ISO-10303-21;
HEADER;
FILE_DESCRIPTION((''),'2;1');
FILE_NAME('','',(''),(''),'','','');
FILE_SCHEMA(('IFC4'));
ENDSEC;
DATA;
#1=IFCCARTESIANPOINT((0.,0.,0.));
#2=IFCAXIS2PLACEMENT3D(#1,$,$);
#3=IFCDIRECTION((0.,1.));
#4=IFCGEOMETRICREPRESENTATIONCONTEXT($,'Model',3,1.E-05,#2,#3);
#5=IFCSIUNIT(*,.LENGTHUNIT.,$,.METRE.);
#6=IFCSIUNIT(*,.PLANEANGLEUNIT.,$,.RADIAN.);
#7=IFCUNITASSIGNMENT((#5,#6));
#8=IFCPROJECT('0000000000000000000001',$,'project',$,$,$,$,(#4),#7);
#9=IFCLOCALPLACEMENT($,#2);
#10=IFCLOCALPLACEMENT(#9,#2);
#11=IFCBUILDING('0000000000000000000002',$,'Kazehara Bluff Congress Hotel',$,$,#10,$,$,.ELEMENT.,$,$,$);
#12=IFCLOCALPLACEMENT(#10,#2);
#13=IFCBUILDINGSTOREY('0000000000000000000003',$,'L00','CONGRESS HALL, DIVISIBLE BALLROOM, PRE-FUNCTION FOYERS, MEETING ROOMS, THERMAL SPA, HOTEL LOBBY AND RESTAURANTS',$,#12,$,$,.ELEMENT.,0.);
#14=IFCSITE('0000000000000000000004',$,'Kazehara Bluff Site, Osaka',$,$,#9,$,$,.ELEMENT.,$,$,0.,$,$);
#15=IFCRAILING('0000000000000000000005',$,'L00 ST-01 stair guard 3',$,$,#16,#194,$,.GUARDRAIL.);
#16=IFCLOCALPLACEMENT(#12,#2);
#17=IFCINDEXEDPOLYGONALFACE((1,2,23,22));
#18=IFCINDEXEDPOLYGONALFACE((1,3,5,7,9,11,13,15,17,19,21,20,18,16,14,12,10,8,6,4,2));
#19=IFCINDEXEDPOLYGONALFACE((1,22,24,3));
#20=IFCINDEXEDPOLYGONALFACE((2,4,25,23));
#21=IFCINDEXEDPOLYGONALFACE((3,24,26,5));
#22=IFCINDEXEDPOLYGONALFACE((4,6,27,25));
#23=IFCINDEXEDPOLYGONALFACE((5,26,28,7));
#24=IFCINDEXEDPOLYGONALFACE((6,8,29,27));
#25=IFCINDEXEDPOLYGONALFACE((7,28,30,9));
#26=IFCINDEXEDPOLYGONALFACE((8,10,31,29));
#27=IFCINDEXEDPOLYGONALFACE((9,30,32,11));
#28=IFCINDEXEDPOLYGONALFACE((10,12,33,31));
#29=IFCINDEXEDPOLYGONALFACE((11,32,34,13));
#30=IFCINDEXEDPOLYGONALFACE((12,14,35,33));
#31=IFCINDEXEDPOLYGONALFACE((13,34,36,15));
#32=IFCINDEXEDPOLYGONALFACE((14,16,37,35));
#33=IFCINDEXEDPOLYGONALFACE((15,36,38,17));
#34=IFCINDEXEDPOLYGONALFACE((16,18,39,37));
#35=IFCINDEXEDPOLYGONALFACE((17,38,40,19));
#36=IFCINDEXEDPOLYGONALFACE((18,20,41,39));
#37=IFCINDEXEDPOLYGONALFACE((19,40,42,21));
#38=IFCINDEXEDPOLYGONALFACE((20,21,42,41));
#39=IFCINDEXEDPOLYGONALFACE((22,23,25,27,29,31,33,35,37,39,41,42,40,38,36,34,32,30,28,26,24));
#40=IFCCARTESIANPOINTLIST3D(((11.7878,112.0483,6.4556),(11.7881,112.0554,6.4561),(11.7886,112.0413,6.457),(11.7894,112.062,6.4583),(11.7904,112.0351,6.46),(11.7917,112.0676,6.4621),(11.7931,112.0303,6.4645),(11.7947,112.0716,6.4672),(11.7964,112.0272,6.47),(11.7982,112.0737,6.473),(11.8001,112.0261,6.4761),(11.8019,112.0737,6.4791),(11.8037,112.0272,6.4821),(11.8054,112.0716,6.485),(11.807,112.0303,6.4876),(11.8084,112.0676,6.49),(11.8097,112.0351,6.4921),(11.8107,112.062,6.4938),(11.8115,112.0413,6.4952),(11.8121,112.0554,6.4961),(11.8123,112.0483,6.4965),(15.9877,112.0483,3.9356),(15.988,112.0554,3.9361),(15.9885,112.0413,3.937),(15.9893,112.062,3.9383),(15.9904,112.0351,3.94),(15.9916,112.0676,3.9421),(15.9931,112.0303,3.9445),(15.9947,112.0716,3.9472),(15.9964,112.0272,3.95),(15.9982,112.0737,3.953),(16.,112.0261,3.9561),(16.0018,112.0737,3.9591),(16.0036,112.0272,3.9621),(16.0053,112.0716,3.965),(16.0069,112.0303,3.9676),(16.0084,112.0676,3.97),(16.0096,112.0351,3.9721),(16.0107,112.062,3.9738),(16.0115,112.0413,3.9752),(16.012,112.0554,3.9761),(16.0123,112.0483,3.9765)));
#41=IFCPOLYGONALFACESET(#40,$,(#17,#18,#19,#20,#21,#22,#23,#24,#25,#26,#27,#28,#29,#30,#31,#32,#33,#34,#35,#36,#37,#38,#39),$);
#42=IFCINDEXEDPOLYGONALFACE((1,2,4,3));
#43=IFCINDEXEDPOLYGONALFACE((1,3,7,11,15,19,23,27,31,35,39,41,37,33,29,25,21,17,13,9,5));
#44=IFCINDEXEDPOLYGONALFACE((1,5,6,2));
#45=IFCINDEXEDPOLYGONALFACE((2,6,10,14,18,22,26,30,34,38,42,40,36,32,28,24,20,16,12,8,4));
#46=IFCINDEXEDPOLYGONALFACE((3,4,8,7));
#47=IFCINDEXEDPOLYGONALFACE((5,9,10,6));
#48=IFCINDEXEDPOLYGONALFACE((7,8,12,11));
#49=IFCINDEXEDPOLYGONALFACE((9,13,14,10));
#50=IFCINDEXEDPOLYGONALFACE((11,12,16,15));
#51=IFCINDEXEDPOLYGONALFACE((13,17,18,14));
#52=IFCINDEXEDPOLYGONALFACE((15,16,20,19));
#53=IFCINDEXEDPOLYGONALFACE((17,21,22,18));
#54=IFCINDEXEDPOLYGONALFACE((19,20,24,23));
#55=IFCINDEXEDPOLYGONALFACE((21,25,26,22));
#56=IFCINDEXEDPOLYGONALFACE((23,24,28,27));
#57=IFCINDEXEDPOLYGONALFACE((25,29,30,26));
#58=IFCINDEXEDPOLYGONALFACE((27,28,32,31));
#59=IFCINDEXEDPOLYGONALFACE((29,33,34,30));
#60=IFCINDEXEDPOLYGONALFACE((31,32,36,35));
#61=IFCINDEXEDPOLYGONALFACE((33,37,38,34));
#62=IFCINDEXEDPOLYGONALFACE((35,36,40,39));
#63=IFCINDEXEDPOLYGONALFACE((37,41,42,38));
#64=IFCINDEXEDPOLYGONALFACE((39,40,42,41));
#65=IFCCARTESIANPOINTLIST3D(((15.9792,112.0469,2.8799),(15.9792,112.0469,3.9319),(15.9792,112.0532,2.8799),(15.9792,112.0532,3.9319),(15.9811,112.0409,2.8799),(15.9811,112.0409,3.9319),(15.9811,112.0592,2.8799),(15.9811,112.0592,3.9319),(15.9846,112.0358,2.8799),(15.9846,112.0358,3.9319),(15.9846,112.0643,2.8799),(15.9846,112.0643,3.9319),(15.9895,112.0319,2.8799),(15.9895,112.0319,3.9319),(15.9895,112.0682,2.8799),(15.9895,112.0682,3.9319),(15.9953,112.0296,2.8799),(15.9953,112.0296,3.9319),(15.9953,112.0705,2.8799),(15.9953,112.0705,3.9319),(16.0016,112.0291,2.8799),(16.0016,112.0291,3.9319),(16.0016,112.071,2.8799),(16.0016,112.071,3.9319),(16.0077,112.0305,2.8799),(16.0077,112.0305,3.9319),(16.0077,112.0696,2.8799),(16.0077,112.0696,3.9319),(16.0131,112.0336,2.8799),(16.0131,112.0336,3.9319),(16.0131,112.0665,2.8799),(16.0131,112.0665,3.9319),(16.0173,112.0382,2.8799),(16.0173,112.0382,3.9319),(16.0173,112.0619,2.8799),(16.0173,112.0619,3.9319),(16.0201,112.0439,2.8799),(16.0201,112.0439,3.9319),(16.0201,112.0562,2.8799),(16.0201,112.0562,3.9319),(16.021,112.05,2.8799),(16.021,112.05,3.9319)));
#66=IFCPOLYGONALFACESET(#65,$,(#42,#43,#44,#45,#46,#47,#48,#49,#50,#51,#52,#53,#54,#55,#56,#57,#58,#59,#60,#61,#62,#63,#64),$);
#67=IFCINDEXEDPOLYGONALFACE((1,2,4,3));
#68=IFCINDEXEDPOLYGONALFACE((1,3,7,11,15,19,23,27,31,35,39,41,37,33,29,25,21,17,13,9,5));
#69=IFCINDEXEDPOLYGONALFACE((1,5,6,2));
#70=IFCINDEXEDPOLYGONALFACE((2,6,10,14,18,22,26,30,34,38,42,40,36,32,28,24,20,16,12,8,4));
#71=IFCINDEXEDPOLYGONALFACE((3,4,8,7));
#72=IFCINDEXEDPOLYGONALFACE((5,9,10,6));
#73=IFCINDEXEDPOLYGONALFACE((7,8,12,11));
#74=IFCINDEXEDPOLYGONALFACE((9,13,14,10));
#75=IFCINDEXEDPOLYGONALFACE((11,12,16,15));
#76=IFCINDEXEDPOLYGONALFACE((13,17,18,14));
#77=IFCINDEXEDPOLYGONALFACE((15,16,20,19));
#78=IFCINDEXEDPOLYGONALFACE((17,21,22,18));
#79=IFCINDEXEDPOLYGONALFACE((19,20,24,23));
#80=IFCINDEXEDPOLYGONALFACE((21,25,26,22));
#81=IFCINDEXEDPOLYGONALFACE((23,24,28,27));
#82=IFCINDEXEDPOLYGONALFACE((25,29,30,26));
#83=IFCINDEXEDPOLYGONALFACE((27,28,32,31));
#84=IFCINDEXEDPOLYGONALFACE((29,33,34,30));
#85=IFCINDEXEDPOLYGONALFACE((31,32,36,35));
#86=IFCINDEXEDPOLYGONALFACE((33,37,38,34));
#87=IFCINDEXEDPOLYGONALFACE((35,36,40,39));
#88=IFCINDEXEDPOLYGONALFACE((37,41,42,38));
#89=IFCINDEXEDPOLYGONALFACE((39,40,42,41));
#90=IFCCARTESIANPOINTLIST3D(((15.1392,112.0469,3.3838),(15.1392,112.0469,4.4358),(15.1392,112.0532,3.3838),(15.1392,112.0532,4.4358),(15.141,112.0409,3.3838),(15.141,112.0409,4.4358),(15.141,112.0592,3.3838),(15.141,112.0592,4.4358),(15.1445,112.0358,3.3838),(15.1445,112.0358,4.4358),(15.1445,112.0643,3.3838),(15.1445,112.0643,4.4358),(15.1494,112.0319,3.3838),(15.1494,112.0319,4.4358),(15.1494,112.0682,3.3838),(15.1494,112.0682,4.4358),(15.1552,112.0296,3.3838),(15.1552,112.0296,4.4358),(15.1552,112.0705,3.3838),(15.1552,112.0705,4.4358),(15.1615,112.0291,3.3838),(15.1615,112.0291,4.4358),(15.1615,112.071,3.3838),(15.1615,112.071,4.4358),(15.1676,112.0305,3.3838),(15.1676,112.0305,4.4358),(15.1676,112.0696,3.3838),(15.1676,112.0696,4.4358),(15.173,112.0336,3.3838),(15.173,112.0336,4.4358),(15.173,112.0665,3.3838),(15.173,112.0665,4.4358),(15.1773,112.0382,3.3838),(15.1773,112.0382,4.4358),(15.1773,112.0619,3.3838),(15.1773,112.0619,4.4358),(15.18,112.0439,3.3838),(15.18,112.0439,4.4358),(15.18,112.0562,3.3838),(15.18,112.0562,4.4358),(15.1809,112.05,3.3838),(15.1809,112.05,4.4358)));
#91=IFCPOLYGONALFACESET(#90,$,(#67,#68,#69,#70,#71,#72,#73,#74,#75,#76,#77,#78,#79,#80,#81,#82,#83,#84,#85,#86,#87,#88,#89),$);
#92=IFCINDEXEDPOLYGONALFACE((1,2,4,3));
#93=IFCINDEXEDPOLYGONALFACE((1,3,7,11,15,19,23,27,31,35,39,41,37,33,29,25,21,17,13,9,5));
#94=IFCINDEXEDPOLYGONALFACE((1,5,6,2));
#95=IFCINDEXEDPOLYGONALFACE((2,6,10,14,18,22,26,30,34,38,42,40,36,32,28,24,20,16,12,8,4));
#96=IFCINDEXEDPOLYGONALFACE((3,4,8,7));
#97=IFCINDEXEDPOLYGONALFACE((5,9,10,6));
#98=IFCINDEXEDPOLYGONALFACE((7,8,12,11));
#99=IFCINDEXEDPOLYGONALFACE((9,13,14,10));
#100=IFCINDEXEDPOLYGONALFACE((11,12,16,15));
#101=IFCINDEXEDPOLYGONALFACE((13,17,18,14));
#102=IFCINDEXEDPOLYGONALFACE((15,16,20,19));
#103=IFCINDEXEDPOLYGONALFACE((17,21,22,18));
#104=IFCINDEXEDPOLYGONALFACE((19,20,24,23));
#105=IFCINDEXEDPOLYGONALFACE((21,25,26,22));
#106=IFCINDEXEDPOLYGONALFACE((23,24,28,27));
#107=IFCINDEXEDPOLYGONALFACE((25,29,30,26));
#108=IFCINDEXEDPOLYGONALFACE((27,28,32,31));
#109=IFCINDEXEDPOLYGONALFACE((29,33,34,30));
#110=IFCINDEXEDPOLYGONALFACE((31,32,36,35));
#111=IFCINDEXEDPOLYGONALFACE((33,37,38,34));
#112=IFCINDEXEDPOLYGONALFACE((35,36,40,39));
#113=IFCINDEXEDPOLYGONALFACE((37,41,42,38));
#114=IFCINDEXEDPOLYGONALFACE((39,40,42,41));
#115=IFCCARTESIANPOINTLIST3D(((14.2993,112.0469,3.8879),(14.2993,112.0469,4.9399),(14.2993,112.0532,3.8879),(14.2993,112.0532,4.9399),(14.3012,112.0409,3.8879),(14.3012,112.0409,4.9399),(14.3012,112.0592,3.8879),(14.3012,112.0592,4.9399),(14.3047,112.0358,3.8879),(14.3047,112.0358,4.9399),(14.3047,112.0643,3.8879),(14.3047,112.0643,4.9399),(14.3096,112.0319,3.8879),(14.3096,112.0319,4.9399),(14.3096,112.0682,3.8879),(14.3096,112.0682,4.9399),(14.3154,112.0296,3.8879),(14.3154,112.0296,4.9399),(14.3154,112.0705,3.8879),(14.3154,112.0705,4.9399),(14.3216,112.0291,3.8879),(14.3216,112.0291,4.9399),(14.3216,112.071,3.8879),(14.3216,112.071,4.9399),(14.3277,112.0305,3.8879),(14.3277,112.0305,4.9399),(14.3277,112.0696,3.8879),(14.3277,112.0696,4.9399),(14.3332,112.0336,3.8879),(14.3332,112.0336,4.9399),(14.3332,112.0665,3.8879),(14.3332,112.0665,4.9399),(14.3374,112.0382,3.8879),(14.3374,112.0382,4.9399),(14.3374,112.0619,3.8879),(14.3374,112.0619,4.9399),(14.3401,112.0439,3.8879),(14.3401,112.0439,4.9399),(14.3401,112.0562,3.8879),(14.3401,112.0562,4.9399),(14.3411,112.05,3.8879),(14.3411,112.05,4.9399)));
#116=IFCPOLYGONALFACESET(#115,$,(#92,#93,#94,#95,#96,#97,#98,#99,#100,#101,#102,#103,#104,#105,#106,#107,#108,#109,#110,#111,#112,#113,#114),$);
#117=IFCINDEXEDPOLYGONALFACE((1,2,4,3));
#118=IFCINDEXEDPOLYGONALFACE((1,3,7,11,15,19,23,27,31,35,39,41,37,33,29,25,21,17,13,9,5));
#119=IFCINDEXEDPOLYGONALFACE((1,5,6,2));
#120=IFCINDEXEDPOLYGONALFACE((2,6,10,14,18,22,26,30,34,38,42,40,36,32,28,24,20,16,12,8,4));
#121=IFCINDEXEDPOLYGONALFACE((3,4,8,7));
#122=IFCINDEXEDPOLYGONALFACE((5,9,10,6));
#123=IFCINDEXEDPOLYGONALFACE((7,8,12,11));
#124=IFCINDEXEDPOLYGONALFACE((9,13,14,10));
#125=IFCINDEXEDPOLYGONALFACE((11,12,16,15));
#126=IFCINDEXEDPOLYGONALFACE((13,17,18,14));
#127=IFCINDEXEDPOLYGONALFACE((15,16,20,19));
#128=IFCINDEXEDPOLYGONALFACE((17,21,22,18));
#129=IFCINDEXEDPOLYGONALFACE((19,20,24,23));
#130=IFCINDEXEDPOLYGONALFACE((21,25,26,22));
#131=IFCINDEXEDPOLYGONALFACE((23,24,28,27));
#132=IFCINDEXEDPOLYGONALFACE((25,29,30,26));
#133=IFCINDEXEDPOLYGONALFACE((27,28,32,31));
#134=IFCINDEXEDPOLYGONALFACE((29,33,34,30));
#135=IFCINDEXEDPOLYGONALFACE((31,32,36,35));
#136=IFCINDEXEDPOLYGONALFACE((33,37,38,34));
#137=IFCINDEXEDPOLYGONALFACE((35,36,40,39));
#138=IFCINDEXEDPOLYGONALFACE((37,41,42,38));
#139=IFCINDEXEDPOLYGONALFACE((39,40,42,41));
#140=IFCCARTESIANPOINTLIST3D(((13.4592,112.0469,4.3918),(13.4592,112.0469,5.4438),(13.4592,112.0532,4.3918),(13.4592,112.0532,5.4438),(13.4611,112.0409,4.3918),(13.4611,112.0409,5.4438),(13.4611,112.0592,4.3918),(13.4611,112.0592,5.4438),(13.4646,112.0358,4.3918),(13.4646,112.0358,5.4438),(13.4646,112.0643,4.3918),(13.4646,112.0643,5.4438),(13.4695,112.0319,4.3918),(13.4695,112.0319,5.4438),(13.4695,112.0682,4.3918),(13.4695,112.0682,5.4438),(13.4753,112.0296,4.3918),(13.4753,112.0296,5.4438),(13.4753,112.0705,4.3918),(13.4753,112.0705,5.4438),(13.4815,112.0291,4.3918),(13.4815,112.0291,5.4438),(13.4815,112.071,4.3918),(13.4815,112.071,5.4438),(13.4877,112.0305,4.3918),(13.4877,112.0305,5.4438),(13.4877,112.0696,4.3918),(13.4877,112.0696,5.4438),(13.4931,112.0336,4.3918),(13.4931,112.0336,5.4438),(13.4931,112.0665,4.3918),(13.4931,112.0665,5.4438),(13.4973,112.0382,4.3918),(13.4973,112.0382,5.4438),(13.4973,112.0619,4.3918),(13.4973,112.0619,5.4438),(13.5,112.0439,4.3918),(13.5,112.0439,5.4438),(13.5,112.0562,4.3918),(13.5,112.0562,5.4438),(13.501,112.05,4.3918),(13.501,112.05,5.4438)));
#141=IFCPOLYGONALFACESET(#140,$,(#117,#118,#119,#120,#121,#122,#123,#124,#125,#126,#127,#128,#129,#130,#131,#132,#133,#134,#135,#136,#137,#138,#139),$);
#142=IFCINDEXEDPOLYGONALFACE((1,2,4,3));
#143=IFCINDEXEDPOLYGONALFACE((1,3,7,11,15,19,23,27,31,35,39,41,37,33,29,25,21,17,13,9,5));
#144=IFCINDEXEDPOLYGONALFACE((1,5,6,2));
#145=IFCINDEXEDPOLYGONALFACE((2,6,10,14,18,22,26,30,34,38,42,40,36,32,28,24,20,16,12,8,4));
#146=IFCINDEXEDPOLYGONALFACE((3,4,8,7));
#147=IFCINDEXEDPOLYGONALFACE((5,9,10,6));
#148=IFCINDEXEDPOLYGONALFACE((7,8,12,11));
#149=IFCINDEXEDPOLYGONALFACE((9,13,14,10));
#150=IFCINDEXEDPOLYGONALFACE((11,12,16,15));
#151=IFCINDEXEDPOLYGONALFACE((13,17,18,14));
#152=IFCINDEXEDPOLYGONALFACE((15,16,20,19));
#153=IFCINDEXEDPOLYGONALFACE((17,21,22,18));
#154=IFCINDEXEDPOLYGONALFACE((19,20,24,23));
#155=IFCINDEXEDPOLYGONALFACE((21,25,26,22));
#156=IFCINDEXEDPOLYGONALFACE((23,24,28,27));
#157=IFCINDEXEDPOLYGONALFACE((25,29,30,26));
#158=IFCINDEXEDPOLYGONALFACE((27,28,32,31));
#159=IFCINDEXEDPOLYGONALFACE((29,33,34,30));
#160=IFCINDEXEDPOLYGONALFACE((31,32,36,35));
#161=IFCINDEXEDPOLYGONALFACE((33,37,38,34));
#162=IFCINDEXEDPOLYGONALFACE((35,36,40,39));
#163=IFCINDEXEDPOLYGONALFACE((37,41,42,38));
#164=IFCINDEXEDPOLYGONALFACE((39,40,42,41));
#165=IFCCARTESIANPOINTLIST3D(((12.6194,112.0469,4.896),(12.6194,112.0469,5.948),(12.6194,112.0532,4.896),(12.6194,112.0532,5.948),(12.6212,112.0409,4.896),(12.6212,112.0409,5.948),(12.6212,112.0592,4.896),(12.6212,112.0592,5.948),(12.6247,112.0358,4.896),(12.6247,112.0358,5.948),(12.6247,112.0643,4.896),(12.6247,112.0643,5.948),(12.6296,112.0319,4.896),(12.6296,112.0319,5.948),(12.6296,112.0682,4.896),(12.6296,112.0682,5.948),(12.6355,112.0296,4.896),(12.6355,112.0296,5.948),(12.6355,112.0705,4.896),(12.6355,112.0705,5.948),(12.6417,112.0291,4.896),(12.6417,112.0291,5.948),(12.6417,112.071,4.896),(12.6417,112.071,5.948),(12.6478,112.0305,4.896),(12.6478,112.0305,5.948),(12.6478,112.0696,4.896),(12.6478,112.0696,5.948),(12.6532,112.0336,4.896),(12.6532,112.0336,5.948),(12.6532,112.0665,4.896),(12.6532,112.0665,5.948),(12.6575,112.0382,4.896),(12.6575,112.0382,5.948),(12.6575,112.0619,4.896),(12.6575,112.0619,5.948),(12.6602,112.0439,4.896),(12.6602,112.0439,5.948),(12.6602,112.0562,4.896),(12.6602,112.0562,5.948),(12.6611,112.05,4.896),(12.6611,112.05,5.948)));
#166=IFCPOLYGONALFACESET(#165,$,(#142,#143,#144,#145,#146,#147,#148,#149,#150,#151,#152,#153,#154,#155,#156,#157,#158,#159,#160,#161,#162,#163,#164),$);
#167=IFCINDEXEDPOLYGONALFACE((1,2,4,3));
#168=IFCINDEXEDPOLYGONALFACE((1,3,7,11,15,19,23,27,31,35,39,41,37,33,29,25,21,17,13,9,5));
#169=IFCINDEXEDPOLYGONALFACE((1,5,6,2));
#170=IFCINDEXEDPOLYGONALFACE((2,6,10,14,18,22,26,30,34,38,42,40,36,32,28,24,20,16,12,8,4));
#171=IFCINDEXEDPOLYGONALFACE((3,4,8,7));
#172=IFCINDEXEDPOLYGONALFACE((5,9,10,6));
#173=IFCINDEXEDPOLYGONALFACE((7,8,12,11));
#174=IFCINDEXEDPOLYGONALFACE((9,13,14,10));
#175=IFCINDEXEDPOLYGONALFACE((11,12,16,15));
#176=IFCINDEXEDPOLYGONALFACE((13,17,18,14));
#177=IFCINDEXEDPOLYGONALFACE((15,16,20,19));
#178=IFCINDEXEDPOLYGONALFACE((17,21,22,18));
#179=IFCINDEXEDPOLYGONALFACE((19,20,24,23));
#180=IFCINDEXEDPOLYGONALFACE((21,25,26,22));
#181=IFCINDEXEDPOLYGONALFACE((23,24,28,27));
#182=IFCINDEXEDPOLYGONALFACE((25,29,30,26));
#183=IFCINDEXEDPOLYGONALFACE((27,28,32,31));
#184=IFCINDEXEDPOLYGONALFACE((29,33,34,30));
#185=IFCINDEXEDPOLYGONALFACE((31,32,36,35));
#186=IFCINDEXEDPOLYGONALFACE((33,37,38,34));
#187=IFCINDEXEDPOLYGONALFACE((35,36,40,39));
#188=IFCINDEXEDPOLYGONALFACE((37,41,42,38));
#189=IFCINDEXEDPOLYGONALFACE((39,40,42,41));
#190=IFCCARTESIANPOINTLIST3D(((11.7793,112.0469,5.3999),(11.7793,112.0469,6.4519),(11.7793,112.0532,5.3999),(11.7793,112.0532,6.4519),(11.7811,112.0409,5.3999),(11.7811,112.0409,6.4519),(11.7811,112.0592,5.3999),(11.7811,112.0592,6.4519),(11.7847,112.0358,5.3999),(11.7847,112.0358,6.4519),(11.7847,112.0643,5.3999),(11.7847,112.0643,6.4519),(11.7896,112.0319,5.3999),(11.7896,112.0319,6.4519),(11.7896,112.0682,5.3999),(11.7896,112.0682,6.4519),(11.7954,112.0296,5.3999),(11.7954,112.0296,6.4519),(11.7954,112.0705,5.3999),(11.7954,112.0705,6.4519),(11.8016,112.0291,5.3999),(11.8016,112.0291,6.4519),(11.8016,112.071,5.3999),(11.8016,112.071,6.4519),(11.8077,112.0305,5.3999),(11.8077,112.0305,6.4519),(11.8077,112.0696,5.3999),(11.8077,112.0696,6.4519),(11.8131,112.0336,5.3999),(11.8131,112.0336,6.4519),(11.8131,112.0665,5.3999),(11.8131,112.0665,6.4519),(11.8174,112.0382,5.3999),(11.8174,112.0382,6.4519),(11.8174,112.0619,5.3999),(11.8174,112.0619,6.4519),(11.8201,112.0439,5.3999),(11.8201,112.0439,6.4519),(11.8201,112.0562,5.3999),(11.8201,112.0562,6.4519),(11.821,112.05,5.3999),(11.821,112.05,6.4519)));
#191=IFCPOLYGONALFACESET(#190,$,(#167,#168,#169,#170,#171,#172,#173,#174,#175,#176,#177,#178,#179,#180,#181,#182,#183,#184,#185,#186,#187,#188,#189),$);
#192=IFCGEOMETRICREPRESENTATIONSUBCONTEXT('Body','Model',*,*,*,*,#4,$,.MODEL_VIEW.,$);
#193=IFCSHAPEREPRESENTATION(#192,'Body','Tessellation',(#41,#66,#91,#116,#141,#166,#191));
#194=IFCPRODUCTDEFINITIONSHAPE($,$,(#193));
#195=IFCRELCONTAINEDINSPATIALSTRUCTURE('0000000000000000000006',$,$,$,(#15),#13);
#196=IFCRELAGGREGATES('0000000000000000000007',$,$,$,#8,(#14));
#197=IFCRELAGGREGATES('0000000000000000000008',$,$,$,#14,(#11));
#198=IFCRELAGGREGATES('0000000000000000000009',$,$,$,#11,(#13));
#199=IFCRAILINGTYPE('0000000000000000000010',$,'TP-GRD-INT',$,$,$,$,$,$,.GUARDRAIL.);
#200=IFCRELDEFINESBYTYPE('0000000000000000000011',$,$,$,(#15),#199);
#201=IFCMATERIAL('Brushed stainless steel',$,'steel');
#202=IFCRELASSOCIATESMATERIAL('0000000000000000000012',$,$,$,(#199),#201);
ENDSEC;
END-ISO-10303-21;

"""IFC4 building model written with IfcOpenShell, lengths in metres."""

from ifc_helpers import new_model, si_unit, direction, frame, origin, origin_2d, place, context, subcontext, project, spatial, circle, extrude, material, type_object, element, save


model = new_model("IFC4")

# Units and contexts
model_context = context("Model", 3, precision=1e-05, world=origin(), true_north=direction((0.0, 1.0)))
body_context = subcontext(model_context, "Body", "Model", "MODEL_VIEW")
ifc_project = project(units=[si_unit("LENGTHUNIT", "METRE"), si_unit("PLANEANGLEUNIT", "RADIAN")], contexts=[model_context])

# Site, building, storey
site_placement = place(None, origin())
site = spatial("IfcSite", under=ifc_project, at=site_placement, Name="Kazehara Bluff Site, Osaka", CompositionType="ELEMENT", RefElevation=0.0)
building_placement = place(site_placement, origin())
building = spatial("IfcBuilding", under=site, at=building_placement, Name="Kazehara Bluff Congress Hotel", CompositionType="ELEMENT")
storey_placement = place(building_placement, origin())
storey = spatial("IfcBuildingStorey", under=building, at=storey_placement, Name="L00", Description="CONGRESS HALL, DIVISIBLE BALLROOM, PRE-FUNCTION FOYERS, MEETING ROOMS, THERMAL SPA, HOTEL LOBBY AND RESTAURANTS", CompositionType="ELEMENT", Elevation=0.0)

# Railing
ifc_material_1 = material(Name="Brushed stainless steel", Category="steel")
railing_type_1 = type_object("IfcRailingType", Name="TP-GRD-INT", PredefinedType="GUARDRAIL", material=ifc_material_1)
railing_1_placement = place(storey_placement, frame((16.0, 112.05, 2.8799)))
element("IfcRailing", 1, at=railing_1_placement, inside=storey, type_object=railing_type_1, Name="L00 ST-01 stair guard 3", PredefinedType="GUARDRAIL", context=body_context, shape_type="SweptSolid", body=[
    extrude(circle(Radius=0.0239, at=origin_2d()), frame((0.0, 0.0, 1.0762), z_axis=(-0.857489, 0.0, 0.514503), x_axis=(0.0, -1.0, 0.0)), (0.0, 0.0, 1.0), 4.8979),
    extrude(circle(Radius=0.021, at=origin_2d()), origin(), (0.0, 0.0, 1.0), 1.052),
    extrude(circle(Radius=0.021, at=origin_2d()), frame((-0.8401, 0.0, 0.5039)), (0.0, 0.0, 1.0), 1.052),
    extrude(circle(Radius=0.021, at=origin_2d()), frame((-1.6799, 0.0, 1.0081)), (0.0, 0.0, 1.0), 1.052),
    extrude(circle(Radius=0.021, at=origin_2d()), frame((-2.52, 0.0, 1.512)), (0.0, 0.0, 1.0), 1.052),
    extrude(circle(Radius=0.021, at=origin_2d()), frame((-3.3599, 0.0, 2.0161)), (0.0, 0.0, 1.0), 1.052),
    extrude(circle(Radius=0.021, at=origin_2d()), frame((-4.2, 0.0, 2.52)), (0.0, 0.0, 1.0), 1.052),
])

save(model, "model.ifc")
